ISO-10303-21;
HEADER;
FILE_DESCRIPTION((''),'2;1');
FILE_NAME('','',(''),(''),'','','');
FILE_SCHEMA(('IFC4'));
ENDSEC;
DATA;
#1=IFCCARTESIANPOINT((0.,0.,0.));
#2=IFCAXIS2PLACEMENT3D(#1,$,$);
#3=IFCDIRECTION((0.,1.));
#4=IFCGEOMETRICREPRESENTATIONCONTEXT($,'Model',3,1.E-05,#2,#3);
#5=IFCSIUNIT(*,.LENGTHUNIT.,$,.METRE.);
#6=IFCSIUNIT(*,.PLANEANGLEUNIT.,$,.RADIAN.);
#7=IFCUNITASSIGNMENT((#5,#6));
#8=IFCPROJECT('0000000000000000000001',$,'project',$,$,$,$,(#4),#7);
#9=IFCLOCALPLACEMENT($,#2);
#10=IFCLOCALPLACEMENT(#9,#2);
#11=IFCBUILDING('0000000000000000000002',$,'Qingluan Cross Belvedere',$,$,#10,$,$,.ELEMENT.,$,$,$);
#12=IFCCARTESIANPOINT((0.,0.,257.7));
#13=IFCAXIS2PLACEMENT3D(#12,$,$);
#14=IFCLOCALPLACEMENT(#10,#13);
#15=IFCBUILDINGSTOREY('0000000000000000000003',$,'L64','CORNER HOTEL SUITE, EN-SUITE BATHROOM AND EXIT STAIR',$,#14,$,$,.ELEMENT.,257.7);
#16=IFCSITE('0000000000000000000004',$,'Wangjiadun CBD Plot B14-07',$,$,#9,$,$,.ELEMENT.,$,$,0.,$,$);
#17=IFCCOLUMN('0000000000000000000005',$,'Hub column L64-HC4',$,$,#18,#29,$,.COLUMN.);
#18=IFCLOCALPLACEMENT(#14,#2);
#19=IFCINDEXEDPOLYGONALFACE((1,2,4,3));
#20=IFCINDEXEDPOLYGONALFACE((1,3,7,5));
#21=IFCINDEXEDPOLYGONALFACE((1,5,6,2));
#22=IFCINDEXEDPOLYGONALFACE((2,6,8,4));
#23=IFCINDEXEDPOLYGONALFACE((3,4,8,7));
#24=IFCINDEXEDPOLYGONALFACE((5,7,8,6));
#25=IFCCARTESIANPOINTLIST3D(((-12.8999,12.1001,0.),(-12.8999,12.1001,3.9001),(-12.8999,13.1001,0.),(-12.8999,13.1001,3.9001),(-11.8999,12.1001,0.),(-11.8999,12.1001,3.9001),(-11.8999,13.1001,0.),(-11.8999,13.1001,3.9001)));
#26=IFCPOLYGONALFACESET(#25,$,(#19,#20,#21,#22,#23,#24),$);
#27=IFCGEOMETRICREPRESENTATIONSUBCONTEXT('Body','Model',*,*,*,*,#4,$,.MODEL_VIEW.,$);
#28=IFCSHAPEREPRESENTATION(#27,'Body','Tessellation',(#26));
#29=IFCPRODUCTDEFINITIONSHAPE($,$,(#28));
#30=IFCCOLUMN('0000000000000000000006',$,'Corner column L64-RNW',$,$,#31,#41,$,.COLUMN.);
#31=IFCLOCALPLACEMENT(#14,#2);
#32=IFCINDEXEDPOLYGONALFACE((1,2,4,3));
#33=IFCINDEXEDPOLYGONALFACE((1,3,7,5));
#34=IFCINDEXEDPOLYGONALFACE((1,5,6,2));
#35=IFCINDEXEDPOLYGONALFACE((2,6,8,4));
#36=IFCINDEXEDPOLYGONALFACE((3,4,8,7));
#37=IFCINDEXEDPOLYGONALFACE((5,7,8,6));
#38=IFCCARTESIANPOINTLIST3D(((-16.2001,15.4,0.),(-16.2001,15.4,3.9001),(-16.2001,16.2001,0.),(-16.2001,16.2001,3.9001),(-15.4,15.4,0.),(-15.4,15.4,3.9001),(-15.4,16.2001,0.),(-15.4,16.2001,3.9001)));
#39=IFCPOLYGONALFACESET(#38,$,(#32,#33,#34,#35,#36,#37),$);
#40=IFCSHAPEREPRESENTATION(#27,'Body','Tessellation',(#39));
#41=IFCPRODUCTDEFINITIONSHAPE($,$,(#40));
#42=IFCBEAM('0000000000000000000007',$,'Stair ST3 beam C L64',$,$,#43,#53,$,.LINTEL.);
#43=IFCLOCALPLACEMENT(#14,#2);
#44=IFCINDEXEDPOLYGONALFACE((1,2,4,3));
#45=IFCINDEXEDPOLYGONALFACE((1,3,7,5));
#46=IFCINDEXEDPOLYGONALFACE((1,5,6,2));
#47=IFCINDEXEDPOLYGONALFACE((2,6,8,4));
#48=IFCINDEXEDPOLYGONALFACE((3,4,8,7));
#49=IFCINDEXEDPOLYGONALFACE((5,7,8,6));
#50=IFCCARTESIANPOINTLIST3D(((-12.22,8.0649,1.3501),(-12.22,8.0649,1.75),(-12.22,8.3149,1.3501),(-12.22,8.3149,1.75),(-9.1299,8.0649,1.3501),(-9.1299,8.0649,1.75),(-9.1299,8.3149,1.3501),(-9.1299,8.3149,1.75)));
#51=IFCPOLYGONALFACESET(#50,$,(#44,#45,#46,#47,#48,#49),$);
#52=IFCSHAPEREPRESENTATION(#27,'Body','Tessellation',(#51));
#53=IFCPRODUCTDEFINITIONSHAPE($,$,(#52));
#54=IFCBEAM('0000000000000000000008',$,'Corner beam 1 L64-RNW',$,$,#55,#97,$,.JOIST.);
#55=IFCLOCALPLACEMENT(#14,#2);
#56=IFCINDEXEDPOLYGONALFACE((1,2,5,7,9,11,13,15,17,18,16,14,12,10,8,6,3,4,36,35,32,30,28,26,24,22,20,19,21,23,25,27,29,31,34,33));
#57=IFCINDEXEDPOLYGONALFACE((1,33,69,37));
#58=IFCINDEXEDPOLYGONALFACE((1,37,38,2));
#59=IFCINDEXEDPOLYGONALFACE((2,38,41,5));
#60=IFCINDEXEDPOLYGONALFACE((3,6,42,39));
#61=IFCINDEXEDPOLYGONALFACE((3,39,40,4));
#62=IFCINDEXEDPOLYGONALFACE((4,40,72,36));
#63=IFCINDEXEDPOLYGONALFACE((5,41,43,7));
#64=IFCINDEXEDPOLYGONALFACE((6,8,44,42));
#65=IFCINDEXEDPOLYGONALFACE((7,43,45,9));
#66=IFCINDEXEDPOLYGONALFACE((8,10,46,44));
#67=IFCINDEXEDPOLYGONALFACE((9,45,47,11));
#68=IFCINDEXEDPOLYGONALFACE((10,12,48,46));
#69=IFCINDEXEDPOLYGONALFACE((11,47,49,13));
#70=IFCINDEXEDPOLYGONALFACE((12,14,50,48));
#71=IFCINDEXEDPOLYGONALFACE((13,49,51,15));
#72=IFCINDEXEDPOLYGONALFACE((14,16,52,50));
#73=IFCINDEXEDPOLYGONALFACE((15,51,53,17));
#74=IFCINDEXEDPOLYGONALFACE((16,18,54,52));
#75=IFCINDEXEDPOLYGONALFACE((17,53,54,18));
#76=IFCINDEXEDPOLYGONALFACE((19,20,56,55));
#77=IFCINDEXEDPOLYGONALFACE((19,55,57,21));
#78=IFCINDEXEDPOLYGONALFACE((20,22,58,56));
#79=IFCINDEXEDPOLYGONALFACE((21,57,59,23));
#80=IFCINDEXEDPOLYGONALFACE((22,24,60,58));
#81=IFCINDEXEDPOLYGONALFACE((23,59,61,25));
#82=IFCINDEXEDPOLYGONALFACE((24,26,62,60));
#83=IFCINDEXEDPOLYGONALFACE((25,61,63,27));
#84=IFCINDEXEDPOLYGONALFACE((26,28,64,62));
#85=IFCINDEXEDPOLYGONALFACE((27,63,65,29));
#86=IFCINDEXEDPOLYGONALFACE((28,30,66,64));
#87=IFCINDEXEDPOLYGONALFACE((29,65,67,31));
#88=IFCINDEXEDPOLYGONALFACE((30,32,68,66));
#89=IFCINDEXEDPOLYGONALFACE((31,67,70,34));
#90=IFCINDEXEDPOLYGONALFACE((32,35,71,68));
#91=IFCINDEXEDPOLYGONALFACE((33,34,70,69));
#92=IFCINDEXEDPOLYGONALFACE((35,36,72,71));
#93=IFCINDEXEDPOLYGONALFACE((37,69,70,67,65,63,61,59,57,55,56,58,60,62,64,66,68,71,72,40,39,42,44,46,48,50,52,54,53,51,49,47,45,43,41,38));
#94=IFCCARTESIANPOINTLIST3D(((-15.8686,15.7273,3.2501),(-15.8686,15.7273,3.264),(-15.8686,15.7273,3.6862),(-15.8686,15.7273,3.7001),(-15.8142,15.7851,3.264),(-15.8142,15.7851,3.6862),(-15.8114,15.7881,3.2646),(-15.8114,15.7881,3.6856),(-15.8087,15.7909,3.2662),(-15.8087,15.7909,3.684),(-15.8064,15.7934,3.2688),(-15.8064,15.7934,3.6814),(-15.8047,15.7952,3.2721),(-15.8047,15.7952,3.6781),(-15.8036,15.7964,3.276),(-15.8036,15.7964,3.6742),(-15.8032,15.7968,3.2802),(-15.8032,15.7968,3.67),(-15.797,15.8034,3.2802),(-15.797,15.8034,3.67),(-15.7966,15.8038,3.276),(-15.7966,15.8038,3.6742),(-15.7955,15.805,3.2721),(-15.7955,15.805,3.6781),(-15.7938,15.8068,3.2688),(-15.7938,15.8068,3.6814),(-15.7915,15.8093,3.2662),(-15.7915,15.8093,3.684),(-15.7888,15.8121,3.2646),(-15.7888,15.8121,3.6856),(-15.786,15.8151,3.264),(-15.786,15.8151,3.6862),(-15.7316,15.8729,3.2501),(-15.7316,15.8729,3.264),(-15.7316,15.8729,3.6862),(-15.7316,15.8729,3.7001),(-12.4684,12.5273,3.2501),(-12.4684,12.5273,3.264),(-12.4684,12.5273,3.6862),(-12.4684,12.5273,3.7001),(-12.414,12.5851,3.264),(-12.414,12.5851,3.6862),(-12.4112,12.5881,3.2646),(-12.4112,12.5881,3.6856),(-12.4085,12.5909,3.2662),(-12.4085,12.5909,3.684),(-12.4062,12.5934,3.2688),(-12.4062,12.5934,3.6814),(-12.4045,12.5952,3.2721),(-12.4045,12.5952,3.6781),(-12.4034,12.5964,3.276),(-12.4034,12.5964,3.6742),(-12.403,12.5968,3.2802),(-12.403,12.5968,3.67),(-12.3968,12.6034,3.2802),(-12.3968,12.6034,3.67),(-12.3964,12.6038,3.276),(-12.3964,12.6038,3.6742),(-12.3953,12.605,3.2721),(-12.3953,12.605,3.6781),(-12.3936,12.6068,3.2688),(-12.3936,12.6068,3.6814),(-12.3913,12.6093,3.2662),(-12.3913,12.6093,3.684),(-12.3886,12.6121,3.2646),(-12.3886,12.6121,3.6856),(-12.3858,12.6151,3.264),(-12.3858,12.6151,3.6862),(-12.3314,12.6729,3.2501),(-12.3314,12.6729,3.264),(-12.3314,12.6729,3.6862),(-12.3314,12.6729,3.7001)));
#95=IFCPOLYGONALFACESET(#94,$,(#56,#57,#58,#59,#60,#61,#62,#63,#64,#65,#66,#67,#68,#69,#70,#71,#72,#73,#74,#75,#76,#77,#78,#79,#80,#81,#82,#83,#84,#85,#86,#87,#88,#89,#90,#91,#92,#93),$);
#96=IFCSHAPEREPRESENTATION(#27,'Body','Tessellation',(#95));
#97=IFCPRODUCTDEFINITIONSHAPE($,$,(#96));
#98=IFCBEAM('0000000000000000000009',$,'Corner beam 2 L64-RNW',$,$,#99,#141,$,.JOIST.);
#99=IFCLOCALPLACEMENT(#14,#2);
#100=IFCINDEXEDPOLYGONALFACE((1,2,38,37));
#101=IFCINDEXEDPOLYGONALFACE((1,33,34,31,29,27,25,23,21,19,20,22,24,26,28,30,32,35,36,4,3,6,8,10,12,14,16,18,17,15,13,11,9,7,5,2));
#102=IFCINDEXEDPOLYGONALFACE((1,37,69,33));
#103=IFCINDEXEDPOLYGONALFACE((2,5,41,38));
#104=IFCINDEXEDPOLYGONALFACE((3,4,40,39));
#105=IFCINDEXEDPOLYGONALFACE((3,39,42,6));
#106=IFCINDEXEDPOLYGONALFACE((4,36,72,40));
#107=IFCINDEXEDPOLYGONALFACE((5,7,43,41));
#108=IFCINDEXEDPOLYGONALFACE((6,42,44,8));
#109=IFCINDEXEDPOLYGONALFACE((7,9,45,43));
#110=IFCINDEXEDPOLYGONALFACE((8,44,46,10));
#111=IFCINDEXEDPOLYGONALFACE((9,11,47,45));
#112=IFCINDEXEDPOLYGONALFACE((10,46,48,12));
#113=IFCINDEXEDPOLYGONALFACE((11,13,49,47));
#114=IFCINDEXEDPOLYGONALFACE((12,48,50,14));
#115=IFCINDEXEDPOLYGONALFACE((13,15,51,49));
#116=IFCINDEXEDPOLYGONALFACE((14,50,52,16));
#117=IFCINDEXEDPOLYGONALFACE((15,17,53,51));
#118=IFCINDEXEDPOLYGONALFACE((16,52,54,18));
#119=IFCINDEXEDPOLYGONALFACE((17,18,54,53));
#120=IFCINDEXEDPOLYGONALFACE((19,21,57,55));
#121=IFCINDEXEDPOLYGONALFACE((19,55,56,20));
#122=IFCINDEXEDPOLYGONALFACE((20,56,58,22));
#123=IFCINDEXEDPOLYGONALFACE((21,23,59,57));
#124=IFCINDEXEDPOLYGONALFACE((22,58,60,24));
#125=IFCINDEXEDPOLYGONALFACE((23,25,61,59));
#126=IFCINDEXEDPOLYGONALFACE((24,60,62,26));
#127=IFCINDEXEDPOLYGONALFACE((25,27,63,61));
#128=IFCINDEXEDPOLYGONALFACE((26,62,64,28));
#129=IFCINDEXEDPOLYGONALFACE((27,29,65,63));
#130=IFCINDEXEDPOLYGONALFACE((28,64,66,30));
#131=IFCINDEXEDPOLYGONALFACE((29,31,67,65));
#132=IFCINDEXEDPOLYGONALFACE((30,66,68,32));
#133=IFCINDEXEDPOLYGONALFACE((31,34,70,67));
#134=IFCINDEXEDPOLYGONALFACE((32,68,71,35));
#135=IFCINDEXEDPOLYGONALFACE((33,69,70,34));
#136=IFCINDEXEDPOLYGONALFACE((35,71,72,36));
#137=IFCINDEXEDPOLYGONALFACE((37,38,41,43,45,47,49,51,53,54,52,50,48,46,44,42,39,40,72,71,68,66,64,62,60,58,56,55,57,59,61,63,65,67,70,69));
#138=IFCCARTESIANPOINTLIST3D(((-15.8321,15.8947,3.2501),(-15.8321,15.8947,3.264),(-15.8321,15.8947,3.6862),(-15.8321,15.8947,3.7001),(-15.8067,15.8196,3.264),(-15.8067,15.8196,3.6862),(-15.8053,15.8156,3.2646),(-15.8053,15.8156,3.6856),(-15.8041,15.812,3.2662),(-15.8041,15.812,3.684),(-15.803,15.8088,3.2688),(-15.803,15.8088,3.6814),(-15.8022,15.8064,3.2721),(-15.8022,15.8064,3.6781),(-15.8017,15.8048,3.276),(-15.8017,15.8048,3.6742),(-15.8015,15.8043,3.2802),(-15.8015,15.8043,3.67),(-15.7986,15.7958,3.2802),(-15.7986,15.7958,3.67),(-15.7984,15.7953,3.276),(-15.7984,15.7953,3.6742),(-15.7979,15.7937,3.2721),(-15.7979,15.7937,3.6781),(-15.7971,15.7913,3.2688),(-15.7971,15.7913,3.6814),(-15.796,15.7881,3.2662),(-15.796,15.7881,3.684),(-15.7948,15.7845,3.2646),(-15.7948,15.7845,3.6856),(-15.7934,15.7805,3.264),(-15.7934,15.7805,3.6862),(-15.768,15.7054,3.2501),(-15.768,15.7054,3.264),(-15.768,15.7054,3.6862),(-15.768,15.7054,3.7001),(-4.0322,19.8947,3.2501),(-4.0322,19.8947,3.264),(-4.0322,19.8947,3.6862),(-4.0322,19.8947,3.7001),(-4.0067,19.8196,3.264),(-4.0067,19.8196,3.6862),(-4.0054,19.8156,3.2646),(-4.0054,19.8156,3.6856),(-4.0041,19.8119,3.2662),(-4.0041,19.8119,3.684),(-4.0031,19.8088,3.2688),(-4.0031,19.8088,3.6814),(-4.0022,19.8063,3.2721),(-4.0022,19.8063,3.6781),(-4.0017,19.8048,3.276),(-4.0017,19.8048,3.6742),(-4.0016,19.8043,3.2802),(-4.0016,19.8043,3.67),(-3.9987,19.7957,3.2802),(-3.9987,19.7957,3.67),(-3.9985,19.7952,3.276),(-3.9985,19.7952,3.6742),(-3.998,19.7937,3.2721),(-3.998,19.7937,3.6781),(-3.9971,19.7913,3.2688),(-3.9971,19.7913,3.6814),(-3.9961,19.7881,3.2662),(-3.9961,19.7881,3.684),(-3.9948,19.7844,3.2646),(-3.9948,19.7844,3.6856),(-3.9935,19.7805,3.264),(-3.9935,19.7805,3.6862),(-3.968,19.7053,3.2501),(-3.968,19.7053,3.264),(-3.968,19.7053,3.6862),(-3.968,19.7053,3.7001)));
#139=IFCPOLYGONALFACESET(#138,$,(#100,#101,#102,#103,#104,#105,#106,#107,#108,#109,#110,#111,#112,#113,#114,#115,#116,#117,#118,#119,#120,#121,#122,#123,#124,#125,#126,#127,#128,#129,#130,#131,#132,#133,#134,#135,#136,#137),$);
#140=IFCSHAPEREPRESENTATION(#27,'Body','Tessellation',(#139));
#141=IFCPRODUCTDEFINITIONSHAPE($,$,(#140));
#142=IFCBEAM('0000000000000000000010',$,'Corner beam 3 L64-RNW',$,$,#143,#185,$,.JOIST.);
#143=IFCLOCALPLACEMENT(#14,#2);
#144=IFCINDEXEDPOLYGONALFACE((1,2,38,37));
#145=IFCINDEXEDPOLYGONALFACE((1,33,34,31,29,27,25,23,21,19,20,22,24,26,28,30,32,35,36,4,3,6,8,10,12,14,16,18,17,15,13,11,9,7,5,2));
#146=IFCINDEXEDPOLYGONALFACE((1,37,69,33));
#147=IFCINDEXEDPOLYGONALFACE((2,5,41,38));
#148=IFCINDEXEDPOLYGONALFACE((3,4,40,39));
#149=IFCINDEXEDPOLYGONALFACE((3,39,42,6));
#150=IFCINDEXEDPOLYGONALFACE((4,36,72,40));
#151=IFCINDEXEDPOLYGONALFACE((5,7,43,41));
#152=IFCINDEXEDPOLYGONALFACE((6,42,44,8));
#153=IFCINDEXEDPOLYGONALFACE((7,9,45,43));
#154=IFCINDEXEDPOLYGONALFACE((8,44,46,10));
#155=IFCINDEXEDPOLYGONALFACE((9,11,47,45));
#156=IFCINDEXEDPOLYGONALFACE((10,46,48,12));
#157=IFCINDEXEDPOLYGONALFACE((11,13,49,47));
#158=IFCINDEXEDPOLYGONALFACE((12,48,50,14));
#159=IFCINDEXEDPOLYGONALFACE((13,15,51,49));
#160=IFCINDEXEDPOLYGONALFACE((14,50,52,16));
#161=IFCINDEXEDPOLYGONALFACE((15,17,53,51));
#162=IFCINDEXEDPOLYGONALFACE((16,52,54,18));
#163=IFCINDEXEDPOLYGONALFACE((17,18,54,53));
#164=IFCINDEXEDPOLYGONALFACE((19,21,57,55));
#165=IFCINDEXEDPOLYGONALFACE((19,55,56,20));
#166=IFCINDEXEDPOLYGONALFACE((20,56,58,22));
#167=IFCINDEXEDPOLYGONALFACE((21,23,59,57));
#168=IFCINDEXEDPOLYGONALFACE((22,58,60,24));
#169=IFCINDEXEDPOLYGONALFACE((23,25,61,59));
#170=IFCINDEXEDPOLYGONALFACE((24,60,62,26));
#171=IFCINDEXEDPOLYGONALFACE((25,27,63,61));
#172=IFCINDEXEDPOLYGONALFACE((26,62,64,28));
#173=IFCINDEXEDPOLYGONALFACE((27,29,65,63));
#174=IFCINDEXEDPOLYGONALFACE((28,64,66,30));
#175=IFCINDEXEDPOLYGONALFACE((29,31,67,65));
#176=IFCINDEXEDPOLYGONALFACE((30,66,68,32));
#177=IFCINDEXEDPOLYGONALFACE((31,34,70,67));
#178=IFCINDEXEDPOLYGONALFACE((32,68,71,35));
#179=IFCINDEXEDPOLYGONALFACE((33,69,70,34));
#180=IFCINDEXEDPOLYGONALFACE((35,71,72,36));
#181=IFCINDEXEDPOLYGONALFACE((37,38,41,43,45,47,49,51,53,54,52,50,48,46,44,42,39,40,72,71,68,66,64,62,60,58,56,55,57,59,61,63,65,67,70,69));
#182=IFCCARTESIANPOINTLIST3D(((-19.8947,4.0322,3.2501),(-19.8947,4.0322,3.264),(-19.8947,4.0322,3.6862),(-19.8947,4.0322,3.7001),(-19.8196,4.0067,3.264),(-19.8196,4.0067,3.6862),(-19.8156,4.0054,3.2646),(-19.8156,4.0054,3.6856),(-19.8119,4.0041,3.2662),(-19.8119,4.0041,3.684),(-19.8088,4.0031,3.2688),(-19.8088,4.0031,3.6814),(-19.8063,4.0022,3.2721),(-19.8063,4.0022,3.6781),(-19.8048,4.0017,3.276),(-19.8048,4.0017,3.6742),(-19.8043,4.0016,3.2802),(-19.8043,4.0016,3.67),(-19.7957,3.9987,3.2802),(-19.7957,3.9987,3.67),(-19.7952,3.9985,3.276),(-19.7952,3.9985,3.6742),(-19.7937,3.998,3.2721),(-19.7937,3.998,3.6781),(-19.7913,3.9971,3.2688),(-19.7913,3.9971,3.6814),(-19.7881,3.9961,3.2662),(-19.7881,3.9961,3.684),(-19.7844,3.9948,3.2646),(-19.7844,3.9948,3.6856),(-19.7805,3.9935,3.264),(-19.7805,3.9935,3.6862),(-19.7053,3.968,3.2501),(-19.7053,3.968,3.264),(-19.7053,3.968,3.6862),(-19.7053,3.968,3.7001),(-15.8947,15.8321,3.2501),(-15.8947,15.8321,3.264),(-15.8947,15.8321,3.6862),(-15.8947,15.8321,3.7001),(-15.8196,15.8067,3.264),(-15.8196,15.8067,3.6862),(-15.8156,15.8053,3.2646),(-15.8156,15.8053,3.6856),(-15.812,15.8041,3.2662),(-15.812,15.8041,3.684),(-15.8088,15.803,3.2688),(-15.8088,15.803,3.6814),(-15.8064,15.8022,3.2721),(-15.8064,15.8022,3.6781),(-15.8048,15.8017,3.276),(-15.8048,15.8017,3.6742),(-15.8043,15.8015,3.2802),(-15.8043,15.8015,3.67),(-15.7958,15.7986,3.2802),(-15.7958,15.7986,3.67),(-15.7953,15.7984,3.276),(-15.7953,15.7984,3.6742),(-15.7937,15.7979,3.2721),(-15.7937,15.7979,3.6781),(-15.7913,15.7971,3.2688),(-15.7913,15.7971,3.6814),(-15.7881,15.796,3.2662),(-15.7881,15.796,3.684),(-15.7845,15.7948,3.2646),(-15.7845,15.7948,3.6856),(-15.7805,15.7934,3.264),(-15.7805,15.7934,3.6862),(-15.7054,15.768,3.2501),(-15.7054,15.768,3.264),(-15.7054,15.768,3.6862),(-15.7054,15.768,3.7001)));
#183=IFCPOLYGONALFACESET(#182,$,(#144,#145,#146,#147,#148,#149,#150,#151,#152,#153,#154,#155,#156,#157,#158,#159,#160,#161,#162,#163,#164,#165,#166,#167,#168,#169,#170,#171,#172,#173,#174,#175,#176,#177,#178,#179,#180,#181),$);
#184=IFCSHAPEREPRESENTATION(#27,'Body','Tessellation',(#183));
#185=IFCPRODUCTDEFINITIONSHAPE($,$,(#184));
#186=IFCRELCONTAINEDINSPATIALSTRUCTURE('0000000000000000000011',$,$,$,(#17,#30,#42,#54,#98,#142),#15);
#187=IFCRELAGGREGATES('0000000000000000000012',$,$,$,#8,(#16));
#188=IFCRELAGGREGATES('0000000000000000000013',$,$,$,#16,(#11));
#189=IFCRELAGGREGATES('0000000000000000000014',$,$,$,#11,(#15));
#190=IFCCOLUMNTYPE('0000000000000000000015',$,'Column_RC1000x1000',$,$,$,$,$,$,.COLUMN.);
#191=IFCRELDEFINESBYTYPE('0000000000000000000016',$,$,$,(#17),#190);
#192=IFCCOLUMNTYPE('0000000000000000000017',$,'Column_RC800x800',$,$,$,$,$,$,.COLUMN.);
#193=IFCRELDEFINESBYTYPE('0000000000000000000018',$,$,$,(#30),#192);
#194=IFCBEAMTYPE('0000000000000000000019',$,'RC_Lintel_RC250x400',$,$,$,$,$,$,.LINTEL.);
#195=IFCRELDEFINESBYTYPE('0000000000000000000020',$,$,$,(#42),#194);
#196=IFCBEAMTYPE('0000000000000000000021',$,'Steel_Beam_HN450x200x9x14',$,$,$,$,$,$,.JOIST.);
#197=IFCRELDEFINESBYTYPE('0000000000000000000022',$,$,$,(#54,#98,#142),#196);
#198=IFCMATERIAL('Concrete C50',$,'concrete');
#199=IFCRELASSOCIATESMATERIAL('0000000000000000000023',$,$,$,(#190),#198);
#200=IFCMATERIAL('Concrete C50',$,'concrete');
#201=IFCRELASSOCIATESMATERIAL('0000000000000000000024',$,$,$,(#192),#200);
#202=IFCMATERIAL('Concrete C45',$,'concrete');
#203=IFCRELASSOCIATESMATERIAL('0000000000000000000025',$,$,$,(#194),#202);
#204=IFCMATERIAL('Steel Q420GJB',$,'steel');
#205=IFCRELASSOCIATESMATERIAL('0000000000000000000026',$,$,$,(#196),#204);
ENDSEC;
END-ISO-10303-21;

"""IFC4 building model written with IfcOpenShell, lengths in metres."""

from ifc_helpers import new_model, si_unit, direction, frame, origin, origin_2d, place, context, subcontext, project, spatial, rectangle, i_section, extrude, material, material_profile, profile_set, type_object, element, save


model = new_model("IFC4")

# Units and contexts
model_context = context("Model", 3, precision=1e-05, world=origin(), true_north=direction((0.0, 1.0)))
body_context = subcontext(model_context, "Body", "Model", "MODEL_VIEW")
ifc_project = project(units=[si_unit("LENGTHUNIT", "METRE"), si_unit("PLANEANGLEUNIT", "RADIAN")], contexts=[model_context])

# Site, building, storey
site_placement = place(None, origin())
site = spatial("IfcSite", under=ifc_project, at=site_placement, Name="Wangjiadun CBD Plot B14-07", CompositionType="ELEMENT", RefElevation=0.0)
building_placement = place(site_placement, origin())
building = spatial("IfcBuilding", under=site, at=building_placement, Name="Qingluan Cross Belvedere", CompositionType="ELEMENT")
storey_placement = place(building_placement, frame((0.0, 0.0, 257.7)))
storey = spatial("IfcBuildingStorey", under=building, at=storey_placement, Name="L64", Description="CORNER HOTEL SUITE, EN-SUITE BATHROOM AND EXIT STAIR", CompositionType="ELEMENT", Elevation=257.7)

# Columns
ifc_material_1 = material(Name="Concrete C50", Category="concrete")
ifc_material_profile_1 = material_profile(ifc_material_1, rectangle(XDim=1.0, YDim=1.0, at=origin_2d()), Name="RC1000x1000")
ifc_profile_set_1 = profile_set([ifc_material_profile_1], Name="Concrete C50")
column_type_1 = type_object("IfcColumnType", Name="Column_RC1000x1000", PredefinedType="COLUMN", material=ifc_profile_set_1)
column_1_placement = place(storey_placement, frame((-12.3999, 12.6001, 0.0), z_axis=(0.0, 0.0, 1.0), x_axis=(1.0, 0.0, 0.0)))
element("IfcColumn", 1, at=column_1_placement, inside=storey, type_object=column_type_1, Name="Hub column L64-HC4", PredefinedType="COLUMN", context=body_context, shape_type="SweptSolid", body=[
    extrude(rectangle(XDim=1.0, YDim=1.0, at=origin_2d()), origin(), (0.0, 0.0, 1.0), 3.9001),
])
ifc_material_2 = material(Name="Concrete C50", Category="concrete")
ifc_material_profile_2 = material_profile(ifc_material_2, rectangle(XDim=0.8, YDim=0.8, at=origin_2d()), Name="RC800x800")
ifc_profile_set_2 = profile_set([ifc_material_profile_2], Name="Concrete C50")
column_type_2 = type_object("IfcColumnType", Name="Column_RC800x800", PredefinedType="COLUMN", material=ifc_profile_set_2)
column_2_placement = place(storey_placement, frame((-15.8, 15.8, 0.0), z_axis=(0.0, 0.0, 1.0), x_axis=(1.0, 0.0, 0.0)))
element("IfcColumn", 2, at=column_2_placement, inside=storey, type_object=column_type_2, Name="Corner column L64-RNW", PredefinedType="COLUMN", context=body_context, shape_type="SweptSolid", body=[
    extrude(rectangle(XDim=0.8, YDim=0.8, at=origin_2d()), origin(), (0.0, 0.0, 1.0), 3.9001),
])

# Beams
ifc_material_3 = material(Name="Concrete C45", Category="concrete")
ifc_material_profile_3 = material_profile(ifc_material_3, rectangle(XDim=0.25, YDim=0.3999, at=origin_2d()), Name="RC250x400")
ifc_profile_set_3 = profile_set([ifc_material_profile_3], Name="Concrete C45")
beam_type_1 = type_object("IfcBeamType", Name="RC_Lintel_RC250x400", PredefinedType="LINTEL", material=ifc_profile_set_3)
beam_1_placement = place(storey_placement, frame((-12.22, 8.1899, 1.55), z_axis=(1.0, 0.0, 0.0), x_axis=(0.0, 1.0, 0.0)))
element("IfcBeam", 3, at=beam_1_placement, inside=storey, type_object=beam_type_1, Name="Stair ST3 beam C L64", PredefinedType="LINTEL", context=body_context, shape_type="SweptSolid", body=[
    extrude(rectangle(XDim=0.25, YDim=0.3999, at=origin_2d()), origin(), (0.0, 0.0, 1.0), 3.0901),
])
ifc_material_4 = material(Name="Steel Q420GJB", Category="steel")
ifc_material_profile_4 = material_profile(ifc_material_4, i_section(OverallWidth=0.2, OverallDepth=0.45, WebThickness=0.009, FlangeThickness=0.0139, FilletRadius=0.0161, at=origin_2d()), Name="HN450x200x9x14")
ifc_profile_set_4 = profile_set([ifc_material_profile_4], Name="Steel Q420GJB")
beam_type_2 = type_object("IfcBeamType", Name="Steel_Beam_HN450x200x9x14", PredefinedType="JOIST", material=ifc_profile_set_4)
beam_2_placement = place(storey_placement, frame((-12.3999, 12.6001, 3.4751), z_axis=(-0.72822, 0.685343, 0.0), x_axis=(-0.685343, -0.72822, 0.0)))
element("IfcBeam", 4, at=beam_2_placement, inside=storey, type_object=beam_type_2, Name="Corner beam 1 L64-RNW", PredefinedType="JOIST", context=body_context, shape_type="SweptSolid", body=[
    extrude(i_section(OverallWidth=0.2, OverallDepth=0.45, WebThickness=0.009, FlangeThickness=0.0139, FilletRadius=0.0161, at=origin_2d()), origin(), (0.0, 0.0, 1.0), 4.6692),
])
for number, where, z_axis, x_axis, name in (
    (5, (-15.8, 15.8, 3.4751), (0.947066, 0.321038, 0.0), (-0.321038, 0.947066, 0.0), "Corner beam 2 L64-RNW"),
    (6, (-15.8, 15.8, 3.4751), (-0.321038, -0.947066, 0.0), (0.947066, -0.321038, 0.0), "Corner beam 3 L64-RNW"),
):
    element("IfcBeam", number, at=place(storey_placement, frame(where, z_axis=z_axis, x_axis=x_axis)), inside=storey, type_object=beam_type_2, Name=name, PredefinedType="JOIST", context=body_context, shape_type="SweptSolid", body=[
        extrude(i_section(OverallWidth=0.2, OverallDepth=0.45, WebThickness=0.009, FlangeThickness=0.0139, FilletRadius=0.0161, at=origin_2d()), origin(), (0.0, 0.0, 1.0), 12.4595),
    ])

save(model, "model.ifc")
